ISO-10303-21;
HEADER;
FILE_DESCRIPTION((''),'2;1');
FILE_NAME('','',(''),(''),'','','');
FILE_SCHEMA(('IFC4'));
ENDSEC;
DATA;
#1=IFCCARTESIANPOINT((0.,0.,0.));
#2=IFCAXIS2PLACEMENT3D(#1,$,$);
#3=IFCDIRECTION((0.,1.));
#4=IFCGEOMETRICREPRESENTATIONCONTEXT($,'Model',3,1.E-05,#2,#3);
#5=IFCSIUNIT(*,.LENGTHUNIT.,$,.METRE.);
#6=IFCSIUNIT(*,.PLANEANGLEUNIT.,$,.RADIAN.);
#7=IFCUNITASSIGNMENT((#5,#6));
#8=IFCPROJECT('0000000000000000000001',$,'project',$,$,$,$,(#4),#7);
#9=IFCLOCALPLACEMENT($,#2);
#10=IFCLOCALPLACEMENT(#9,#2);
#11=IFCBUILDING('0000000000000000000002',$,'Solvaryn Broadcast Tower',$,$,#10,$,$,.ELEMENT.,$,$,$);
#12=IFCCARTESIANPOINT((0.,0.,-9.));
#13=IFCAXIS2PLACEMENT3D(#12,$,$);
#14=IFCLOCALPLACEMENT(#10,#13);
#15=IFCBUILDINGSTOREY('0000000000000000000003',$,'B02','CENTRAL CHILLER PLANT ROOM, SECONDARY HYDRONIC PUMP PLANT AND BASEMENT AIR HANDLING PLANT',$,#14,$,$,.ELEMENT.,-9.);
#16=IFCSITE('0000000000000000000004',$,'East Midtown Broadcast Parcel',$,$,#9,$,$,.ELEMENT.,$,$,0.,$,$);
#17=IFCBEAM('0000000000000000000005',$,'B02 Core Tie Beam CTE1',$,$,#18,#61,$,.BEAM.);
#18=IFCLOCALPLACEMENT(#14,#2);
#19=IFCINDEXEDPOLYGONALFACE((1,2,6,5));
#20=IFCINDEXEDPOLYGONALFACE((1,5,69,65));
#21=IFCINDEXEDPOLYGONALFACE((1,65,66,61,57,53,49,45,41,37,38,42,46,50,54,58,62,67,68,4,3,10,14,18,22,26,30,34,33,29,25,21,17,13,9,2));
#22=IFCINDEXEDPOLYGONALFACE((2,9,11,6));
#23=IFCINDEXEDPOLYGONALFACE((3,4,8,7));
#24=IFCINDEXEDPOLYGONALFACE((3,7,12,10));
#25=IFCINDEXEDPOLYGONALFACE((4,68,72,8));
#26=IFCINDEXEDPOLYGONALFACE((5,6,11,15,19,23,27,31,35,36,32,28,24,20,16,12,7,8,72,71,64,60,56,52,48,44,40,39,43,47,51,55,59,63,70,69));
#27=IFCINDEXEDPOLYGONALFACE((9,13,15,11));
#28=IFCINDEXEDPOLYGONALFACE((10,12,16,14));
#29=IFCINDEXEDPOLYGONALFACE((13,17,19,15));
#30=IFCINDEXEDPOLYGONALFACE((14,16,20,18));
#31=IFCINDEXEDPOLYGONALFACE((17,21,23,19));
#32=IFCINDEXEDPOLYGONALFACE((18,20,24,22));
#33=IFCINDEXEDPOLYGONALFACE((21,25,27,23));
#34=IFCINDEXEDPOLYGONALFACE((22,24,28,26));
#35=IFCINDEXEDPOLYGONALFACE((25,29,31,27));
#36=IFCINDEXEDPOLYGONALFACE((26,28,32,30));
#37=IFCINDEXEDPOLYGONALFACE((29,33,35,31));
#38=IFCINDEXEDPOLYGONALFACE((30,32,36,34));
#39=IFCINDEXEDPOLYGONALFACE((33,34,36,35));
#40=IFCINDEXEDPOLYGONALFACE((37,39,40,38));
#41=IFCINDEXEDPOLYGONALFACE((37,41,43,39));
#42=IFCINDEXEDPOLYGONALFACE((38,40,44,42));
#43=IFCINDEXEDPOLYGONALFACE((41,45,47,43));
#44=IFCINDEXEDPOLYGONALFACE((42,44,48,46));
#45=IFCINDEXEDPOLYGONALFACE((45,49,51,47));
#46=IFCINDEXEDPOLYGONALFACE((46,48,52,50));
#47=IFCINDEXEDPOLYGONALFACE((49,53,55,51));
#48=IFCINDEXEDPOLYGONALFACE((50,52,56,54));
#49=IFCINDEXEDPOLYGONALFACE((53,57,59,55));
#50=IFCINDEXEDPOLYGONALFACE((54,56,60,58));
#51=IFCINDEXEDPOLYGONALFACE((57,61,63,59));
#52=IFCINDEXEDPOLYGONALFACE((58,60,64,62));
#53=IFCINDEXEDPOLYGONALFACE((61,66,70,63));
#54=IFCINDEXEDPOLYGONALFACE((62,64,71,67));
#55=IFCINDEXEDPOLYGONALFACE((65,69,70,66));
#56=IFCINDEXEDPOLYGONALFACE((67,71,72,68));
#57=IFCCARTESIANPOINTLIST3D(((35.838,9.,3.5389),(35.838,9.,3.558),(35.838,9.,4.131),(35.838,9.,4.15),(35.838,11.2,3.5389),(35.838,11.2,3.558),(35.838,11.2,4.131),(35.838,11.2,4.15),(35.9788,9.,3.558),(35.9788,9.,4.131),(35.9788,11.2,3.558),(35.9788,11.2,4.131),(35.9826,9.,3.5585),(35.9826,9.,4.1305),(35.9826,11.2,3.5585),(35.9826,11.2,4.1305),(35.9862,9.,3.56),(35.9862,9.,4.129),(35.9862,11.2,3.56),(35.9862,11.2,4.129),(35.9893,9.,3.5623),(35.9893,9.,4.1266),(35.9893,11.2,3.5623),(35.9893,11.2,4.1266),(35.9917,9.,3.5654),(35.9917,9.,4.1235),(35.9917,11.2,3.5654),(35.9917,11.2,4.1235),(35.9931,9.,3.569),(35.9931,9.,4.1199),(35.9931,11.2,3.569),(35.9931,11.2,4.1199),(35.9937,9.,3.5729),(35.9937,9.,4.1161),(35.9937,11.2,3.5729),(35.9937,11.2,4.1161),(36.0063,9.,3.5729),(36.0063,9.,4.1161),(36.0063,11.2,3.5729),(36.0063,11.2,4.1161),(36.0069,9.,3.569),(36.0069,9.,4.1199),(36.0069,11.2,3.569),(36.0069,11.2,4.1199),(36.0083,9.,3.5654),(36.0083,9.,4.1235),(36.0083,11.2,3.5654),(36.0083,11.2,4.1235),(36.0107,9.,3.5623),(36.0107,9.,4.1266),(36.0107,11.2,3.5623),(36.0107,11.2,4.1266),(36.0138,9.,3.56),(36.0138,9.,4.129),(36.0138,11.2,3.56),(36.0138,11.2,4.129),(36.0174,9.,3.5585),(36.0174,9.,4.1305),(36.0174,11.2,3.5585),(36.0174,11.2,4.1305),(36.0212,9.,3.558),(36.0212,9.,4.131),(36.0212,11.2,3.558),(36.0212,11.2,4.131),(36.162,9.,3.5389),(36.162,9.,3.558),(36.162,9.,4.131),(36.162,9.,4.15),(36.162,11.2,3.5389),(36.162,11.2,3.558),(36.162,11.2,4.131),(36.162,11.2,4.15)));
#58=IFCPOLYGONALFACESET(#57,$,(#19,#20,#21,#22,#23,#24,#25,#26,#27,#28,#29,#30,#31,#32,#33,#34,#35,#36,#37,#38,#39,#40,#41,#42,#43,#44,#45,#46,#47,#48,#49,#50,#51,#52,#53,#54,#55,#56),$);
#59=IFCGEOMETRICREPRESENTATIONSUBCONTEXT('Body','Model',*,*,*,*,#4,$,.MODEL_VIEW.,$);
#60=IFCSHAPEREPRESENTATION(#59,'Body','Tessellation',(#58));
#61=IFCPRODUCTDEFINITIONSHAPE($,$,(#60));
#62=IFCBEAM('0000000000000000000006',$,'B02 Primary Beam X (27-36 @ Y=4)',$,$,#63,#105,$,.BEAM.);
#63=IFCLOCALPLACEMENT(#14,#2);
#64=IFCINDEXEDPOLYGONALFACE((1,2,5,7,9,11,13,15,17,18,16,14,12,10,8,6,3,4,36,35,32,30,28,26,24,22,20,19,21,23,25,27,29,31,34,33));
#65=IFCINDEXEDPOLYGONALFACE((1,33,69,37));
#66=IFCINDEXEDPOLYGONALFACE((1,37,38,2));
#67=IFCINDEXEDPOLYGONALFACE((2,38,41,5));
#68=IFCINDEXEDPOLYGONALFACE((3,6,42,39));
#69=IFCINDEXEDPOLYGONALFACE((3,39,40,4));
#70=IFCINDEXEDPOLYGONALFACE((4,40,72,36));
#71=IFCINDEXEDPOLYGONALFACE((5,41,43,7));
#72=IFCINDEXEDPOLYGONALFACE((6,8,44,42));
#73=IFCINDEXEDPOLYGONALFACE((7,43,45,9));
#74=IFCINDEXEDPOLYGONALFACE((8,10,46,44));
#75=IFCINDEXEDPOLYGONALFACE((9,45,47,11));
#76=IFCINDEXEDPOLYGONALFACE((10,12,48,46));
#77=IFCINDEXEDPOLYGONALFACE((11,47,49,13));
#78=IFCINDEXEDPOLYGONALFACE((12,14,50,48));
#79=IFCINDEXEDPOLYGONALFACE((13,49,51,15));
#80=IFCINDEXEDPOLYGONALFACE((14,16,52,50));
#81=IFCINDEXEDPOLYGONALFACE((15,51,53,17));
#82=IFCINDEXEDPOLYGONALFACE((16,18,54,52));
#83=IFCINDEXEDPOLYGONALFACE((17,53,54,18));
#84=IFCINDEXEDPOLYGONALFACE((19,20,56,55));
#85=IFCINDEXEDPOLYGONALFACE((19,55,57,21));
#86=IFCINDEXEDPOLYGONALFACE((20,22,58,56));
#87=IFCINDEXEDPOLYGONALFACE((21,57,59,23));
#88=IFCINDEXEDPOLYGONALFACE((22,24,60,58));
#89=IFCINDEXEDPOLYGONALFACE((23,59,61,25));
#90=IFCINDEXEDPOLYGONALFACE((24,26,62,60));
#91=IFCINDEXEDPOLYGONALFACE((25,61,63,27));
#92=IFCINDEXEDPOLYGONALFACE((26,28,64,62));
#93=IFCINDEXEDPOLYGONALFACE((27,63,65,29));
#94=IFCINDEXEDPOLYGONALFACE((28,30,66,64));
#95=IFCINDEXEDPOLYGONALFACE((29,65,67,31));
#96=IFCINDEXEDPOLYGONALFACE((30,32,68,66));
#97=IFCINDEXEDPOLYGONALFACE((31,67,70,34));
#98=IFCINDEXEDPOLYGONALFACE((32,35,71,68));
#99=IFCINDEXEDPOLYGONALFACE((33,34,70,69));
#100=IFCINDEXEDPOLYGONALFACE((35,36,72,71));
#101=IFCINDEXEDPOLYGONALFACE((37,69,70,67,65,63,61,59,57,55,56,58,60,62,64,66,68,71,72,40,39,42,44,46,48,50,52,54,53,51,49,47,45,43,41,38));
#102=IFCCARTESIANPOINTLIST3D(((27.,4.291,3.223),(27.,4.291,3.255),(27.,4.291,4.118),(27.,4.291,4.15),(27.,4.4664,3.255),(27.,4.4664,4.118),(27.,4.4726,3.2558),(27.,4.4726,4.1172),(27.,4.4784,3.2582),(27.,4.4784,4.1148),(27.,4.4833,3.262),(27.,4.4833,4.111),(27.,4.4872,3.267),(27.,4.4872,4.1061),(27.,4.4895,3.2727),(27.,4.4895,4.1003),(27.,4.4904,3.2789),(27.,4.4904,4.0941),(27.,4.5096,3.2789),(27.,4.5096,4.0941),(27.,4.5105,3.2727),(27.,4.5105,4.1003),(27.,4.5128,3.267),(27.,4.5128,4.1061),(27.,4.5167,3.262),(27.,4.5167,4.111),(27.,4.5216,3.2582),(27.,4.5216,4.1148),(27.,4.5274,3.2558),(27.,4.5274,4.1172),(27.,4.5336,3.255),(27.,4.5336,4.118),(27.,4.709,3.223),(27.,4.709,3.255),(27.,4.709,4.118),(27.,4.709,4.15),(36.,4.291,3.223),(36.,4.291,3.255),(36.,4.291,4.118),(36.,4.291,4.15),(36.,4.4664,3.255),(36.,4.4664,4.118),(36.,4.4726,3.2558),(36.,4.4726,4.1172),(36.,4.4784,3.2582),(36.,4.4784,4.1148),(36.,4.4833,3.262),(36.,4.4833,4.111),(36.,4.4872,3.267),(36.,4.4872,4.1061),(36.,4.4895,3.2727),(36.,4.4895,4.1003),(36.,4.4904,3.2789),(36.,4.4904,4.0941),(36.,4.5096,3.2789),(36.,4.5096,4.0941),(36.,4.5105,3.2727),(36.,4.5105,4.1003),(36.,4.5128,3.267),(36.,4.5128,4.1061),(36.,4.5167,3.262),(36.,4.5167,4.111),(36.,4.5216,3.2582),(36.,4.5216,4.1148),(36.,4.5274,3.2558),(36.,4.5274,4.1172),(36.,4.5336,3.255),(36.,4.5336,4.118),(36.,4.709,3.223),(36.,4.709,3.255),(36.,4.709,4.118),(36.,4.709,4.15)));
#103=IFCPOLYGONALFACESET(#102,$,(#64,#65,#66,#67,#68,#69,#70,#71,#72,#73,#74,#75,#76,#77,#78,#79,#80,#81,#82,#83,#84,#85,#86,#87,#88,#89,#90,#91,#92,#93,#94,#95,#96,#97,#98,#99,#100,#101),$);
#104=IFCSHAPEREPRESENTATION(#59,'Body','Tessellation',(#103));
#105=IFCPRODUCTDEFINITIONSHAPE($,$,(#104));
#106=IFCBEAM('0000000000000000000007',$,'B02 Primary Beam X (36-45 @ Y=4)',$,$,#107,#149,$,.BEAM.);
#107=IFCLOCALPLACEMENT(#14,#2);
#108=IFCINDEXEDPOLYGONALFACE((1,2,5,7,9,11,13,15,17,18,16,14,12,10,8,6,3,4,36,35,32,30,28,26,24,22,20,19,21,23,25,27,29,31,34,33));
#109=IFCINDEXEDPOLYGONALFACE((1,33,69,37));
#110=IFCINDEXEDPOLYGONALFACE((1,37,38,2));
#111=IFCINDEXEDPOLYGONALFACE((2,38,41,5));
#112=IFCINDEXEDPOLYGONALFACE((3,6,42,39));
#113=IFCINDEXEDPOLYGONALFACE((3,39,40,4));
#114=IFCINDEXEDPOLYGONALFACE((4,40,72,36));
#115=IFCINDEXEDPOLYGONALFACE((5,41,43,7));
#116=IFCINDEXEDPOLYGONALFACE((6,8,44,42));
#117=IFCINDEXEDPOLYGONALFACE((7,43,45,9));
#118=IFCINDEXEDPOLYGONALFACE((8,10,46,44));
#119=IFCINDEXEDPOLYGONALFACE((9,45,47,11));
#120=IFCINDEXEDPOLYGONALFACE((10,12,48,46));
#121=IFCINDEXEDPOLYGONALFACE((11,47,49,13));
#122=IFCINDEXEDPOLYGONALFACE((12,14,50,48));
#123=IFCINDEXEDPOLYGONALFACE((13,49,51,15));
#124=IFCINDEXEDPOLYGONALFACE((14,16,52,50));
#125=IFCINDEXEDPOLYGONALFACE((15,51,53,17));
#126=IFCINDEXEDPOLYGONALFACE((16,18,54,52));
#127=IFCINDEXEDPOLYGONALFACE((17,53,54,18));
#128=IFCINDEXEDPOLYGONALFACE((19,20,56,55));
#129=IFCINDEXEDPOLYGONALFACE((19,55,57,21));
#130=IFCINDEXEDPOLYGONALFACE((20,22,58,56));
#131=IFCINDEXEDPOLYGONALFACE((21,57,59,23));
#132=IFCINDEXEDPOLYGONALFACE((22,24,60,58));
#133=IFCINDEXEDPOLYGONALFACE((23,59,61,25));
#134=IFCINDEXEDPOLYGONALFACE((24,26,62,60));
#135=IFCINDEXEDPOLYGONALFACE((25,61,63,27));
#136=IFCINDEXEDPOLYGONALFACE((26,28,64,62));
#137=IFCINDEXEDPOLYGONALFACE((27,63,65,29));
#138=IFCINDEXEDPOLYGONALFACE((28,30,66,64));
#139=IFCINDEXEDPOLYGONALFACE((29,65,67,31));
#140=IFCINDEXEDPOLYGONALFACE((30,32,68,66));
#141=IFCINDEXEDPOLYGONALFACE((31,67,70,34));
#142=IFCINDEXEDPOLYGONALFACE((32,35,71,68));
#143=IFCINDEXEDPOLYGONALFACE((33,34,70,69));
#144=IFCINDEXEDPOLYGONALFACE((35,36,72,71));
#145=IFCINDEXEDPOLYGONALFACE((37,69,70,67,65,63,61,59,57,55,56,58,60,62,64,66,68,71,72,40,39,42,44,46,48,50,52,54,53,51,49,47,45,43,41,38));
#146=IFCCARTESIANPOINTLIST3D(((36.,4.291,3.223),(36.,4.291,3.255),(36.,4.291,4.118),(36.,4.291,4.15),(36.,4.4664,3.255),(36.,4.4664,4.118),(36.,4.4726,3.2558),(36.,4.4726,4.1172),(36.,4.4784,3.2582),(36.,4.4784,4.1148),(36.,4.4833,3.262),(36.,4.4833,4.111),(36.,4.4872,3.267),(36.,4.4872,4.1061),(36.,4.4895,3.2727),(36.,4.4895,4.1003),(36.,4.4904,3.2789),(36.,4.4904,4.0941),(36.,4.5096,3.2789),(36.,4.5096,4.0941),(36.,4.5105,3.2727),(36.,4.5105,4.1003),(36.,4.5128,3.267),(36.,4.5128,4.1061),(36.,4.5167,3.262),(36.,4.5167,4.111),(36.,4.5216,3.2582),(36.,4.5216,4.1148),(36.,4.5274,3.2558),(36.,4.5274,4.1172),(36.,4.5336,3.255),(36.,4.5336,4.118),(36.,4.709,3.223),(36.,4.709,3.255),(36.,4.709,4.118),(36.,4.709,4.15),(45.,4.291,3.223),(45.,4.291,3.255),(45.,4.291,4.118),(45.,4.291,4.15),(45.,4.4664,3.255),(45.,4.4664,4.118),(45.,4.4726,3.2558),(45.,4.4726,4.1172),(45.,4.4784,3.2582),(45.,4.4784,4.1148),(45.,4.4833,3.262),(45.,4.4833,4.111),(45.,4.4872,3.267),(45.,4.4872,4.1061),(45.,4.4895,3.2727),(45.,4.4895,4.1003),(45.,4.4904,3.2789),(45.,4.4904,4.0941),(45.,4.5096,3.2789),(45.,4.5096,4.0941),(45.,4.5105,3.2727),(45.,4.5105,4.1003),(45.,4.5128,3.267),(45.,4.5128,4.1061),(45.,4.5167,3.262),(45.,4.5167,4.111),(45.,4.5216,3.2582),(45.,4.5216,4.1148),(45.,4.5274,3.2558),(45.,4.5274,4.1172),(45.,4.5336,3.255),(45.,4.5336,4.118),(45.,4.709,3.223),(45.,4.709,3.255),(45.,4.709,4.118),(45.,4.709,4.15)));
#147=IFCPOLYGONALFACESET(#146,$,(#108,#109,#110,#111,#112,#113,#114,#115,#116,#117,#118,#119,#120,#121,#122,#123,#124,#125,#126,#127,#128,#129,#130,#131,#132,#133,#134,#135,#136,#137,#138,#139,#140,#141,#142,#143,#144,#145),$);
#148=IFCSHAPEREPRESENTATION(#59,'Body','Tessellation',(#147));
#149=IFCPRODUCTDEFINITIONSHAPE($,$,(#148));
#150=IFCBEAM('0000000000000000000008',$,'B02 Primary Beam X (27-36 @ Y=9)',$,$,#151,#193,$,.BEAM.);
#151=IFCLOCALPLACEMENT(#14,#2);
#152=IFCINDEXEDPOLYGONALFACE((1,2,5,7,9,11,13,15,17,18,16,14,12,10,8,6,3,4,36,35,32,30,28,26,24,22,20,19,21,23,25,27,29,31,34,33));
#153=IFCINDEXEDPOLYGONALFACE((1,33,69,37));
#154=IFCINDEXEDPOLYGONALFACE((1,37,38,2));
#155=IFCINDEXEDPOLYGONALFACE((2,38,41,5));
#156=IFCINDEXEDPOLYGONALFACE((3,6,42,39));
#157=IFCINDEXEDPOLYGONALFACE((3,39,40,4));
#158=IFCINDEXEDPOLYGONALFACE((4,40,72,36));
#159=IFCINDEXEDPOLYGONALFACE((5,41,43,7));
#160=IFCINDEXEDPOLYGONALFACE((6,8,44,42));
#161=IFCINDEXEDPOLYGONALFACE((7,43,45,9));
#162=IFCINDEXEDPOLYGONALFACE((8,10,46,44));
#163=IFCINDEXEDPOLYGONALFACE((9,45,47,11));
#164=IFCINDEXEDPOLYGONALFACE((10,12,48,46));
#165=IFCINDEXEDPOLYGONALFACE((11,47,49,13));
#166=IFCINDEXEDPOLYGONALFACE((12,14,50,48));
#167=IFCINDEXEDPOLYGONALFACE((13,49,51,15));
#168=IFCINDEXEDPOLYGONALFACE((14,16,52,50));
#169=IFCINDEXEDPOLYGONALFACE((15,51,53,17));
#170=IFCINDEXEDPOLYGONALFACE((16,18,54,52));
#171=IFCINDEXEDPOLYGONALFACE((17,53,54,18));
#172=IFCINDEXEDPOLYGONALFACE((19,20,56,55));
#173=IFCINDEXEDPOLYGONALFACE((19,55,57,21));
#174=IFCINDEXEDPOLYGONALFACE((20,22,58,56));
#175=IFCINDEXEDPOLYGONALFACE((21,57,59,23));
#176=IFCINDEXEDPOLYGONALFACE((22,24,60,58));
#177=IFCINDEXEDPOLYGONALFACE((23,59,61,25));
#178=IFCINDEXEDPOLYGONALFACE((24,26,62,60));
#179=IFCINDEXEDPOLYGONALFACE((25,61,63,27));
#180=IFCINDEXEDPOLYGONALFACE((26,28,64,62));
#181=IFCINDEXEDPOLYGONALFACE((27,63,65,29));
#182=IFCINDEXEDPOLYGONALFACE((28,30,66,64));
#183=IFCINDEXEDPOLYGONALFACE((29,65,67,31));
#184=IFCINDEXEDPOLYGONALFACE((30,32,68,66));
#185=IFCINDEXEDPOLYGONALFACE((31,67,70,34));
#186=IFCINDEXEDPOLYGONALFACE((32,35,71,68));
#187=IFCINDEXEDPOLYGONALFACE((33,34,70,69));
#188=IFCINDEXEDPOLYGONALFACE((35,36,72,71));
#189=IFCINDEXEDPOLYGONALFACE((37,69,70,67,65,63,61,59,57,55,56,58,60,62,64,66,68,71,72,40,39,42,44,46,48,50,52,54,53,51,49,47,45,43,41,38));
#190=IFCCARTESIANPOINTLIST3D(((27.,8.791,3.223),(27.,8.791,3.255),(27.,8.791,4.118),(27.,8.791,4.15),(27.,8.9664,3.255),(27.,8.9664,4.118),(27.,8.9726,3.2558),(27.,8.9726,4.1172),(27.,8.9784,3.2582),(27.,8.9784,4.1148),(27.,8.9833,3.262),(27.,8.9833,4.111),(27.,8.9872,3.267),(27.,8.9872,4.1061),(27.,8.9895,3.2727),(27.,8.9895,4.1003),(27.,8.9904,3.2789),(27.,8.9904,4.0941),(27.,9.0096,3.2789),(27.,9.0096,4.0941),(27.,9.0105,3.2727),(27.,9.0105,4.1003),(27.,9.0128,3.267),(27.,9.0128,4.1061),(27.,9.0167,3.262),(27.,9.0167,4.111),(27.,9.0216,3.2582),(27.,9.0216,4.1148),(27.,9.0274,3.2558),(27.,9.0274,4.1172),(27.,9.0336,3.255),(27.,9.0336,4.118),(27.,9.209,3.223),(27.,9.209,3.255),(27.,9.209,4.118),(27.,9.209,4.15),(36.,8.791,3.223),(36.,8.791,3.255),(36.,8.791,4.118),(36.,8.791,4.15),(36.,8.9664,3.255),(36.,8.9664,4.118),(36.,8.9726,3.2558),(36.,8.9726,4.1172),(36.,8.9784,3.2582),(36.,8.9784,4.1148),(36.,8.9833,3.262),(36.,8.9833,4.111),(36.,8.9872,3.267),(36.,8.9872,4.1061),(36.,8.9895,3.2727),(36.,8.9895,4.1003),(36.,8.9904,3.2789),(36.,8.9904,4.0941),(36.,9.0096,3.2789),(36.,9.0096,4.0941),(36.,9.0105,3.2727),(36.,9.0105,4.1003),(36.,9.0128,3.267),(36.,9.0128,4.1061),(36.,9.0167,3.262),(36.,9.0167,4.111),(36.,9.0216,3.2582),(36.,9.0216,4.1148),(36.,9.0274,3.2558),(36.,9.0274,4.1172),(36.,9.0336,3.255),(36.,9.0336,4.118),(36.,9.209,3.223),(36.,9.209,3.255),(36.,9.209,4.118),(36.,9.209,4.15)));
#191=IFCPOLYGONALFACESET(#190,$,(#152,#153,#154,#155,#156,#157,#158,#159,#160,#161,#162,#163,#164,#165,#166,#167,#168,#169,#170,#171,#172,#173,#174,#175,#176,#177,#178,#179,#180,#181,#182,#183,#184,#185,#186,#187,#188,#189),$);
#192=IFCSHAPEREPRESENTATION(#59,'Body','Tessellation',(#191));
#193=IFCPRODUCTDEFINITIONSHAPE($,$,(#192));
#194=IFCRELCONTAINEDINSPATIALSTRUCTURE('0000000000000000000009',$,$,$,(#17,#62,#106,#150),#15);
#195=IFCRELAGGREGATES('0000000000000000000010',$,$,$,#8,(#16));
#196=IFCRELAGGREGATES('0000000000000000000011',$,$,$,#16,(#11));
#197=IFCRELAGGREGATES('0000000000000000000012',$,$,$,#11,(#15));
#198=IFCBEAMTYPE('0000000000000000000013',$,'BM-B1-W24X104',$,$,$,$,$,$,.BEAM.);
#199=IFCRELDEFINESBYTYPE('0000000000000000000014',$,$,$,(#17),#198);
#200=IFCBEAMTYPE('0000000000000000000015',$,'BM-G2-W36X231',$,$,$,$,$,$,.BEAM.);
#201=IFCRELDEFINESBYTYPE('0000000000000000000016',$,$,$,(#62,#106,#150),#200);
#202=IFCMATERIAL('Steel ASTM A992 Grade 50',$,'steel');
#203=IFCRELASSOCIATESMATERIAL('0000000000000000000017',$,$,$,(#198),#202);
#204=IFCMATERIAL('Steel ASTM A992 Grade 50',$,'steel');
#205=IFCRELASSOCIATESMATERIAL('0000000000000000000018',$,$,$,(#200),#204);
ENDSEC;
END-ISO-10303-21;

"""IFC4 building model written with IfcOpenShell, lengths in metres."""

from ifc_helpers import new_model, si_unit, direction, frame, origin, origin_2d, place, context, subcontext, project, spatial, i_section, extrude, material, material_profile, profile_set, type_object, element, save


model = new_model("IFC4")

# Units and contexts
model_context = context("Model", 3, precision=1e-05, world=origin(), true_north=direction((0.0, 1.0)))
body_context = subcontext(model_context, "Body", "Model", "MODEL_VIEW")
ifc_project = project(units=[si_unit("LENGTHUNIT", "METRE"), si_unit("PLANEANGLEUNIT", "RADIAN")], contexts=[model_context])

# Site, building, storey
site_placement = place(None, origin())
site = spatial("IfcSite", under=ifc_project, at=site_placement, Name="East Midtown Broadcast Parcel", CompositionType="ELEMENT", RefElevation=0.0)
building_placement = place(site_placement, origin())
building = spatial("IfcBuilding", under=site, at=building_placement, Name="Solvaryn Broadcast Tower", CompositionType="ELEMENT")
storey_placement = place(building_placement, frame((0.0, 0.0, -9.0)))
storey = spatial("IfcBuildingStorey", under=building, at=storey_placement, Name="B02", Description="CENTRAL CHILLER PLANT ROOM, SECONDARY HYDRONIC PUMP PLANT AND BASEMENT AIR HANDLING PLANT", CompositionType="ELEMENT", Elevation=-9.0)

# Beams
ifc_material_1 = material(Name="Steel ASTM A992 Grade 50", Category="steel")
ifc_material_profile_1 = material_profile(ifc_material_1, i_section(OverallWidth=0.324, OverallDepth=0.6111, WebThickness=0.0127, FlangeThickness=0.019, FilletRadius=0.0149, at=origin_2d()))
ifc_profile_set_1 = profile_set([ifc_material_profile_1], Name="Steel ASTM A992 Grade 50")
beam_type_1 = type_object("IfcBeamType", Name="BM-B1-W24X104", PredefinedType="BEAM", material=ifc_profile_set_1)
beam_1_placement = place(storey_placement, frame((36.0, 9.0, 3.8445), z_axis=(0.0, 1.0, 0.0), x_axis=(-1.0, 0.0, 0.0)))
element("IfcBeam", 1, at=beam_1_placement, inside=storey, type_object=beam_type_1, Name="B02 Core Tie Beam CTE1", PredefinedType="BEAM", context=body_context, shape_type="SweptSolid", body=[
    extrude(i_section(OverallWidth=0.324, OverallDepth=0.6111, WebThickness=0.0127, FlangeThickness=0.019, FilletRadius=0.0149, at=origin_2d()), origin(), (0.0, 0.0, 1.0), 2.2),
])
ifc_material_2 = material(Name="Steel ASTM A992 Grade 50", Category="steel")
ifc_material_profile_2 = material_profile(ifc_material_2, i_section(OverallWidth=0.418, OverallDepth=0.927, WebThickness=0.0193, FlangeThickness=0.032, FilletRadius=0.0239, at=origin_2d()))
ifc_profile_set_2 = profile_set([ifc_material_profile_2], Name="Steel ASTM A992 Grade 50")
beam_type_2 = type_object("IfcBeamType", Name="BM-G2-W36X231", PredefinedType="BEAM", material=ifc_profile_set_2)
for number, where, z_axis, x_axis, name in (
    (2, (27.0, 4.5, 3.6865), (1.0, 0.0, 0.0), (0.0, 1.0, 0.0), "B02 Primary Beam X (27-36 @ Y=4)"),
    (3, (36.0, 4.5, 3.6865), (1.0, 0.0, 0.0), (0.0, 1.0, 0.0), "B02 Primary Beam X (36-45 @ Y=4)"),
    (4, (27.0, 9.0, 3.6865), (1.0, 0.0, 0.0), (0.0, 1.0, 0.0), "B02 Primary Beam X (27-36 @ Y=9)"),
):
    element("IfcBeam", number, at=place(storey_placement, frame(where, z_axis=z_axis, x_axis=x_axis)), inside=storey, type_object=beam_type_2, Name=name, PredefinedType="BEAM", context=body_context, shape_type="SweptSolid", body=[
        extrude(i_section(OverallWidth=0.418, OverallDepth=0.927, WebThickness=0.0193, FlangeThickness=0.032, FilletRadius=0.0239, at=origin_2d()), origin(), (0.0, 0.0, 1.0), 9.0),
    ])

save(model, "model.ifc")
